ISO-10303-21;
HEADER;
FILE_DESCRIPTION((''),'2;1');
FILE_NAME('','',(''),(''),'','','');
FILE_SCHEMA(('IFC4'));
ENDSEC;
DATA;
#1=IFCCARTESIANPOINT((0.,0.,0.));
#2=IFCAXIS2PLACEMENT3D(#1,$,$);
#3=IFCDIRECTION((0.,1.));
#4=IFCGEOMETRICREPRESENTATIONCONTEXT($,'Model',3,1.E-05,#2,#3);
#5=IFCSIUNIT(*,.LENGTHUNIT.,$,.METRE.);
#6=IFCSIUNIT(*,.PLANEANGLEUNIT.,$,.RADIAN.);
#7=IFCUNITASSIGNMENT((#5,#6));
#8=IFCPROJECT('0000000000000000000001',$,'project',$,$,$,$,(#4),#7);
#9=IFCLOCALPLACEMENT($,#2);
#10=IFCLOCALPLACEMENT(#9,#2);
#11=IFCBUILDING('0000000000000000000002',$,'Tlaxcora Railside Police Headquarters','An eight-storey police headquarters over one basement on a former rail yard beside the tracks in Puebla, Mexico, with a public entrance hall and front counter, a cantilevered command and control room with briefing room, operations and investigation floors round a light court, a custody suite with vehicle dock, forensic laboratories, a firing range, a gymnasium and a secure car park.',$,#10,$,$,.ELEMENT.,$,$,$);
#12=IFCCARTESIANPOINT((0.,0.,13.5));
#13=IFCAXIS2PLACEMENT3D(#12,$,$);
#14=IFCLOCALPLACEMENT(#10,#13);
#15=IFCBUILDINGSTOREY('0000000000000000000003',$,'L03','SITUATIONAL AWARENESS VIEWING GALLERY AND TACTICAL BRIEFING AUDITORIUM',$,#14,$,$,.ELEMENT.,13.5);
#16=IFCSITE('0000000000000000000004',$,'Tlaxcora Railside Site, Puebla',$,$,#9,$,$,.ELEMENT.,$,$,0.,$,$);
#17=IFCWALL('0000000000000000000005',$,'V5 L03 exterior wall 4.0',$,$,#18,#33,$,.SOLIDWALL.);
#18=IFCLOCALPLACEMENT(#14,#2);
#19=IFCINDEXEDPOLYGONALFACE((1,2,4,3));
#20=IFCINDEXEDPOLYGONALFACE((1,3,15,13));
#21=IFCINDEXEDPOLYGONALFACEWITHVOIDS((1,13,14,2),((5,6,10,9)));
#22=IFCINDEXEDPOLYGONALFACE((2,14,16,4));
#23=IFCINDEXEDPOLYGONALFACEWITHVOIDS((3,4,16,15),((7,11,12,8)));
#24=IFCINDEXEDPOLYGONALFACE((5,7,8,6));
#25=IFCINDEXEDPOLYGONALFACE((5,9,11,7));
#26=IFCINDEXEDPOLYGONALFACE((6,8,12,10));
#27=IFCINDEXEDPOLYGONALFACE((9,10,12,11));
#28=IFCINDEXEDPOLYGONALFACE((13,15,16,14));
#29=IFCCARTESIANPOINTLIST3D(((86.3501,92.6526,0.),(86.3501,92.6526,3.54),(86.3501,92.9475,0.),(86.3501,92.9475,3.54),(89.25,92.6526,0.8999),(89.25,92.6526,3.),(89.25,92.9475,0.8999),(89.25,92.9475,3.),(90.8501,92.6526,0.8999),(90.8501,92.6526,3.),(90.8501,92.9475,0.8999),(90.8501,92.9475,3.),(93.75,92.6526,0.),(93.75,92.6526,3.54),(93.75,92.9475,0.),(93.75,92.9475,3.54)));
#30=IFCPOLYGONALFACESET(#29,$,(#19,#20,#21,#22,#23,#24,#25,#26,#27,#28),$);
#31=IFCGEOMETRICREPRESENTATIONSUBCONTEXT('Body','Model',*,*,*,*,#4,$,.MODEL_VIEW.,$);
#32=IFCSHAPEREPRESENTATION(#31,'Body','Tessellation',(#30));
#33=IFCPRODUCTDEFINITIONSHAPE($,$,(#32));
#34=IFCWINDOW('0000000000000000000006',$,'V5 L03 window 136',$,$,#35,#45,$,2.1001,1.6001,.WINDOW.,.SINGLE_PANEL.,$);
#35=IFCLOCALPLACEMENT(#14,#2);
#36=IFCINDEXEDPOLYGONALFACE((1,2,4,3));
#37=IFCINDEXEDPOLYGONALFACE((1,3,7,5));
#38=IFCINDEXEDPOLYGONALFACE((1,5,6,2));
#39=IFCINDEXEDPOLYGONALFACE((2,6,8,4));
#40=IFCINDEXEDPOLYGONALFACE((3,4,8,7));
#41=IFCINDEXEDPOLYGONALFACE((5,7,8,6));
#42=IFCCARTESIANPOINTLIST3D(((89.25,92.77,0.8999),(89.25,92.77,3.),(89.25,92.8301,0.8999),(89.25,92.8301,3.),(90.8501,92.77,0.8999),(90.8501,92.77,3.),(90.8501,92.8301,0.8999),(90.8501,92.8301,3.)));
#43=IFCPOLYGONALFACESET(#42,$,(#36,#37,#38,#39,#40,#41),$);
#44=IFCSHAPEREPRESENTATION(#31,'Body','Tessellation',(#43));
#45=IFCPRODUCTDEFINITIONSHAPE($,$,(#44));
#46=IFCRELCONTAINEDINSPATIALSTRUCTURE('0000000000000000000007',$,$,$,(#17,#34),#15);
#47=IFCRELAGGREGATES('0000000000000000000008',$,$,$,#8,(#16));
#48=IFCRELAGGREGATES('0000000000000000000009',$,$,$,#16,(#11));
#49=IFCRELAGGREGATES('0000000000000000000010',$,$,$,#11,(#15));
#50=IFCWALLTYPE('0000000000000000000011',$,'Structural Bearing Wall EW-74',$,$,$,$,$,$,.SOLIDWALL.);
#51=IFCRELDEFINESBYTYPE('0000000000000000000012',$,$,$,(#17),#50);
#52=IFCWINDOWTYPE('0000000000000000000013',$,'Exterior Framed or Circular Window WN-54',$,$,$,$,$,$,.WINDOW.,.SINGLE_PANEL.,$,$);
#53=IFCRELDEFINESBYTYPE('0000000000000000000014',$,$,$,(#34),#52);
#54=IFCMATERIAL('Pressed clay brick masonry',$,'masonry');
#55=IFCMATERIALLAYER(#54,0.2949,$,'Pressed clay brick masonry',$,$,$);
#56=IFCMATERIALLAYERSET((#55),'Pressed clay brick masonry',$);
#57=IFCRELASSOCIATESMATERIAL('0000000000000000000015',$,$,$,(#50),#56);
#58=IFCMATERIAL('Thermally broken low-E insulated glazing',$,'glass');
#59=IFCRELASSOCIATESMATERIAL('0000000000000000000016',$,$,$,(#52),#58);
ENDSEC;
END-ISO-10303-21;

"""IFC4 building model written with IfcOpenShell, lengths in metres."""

from ifc_helpers import new_model, si_unit, direction, frame, frame_2d, origin, place, context, subcontext, project, spatial, rectangle, extrude, material, layer, layer_set, type_object, element, fill, save


model = new_model("IFC4")

# Units and contexts
model_context = context("Model", 3, precision=1e-05, world=origin(), true_north=direction((0.0, 1.0)))
body_context = subcontext(model_context, "Body", "Model", "MODEL_VIEW")
ifc_project = project(units=[si_unit("LENGTHUNIT", "METRE"), si_unit("PLANEANGLEUNIT", "RADIAN")], contexts=[model_context])

# Site, building, storey
site_placement = place(None, origin())
site = spatial("IfcSite", under=ifc_project, at=site_placement, Name="Tlaxcora Railside Site, Puebla", CompositionType="ELEMENT", RefElevation=0.0)
building_placement = place(site_placement, origin())
building = spatial("IfcBuilding", under=site, at=building_placement, Name="Tlaxcora Railside Police Headquarters", Description="An eight-storey police headquarters over one basement on a former rail yard beside the tracks in Puebla, Mexico, with a public entrance hall and front counter, a cantilevered command and control room with briefing room, operations and investigation floors round a light court, a custody suite with vehicle dock, forensic laboratories, a firing range, a gymnasium and a secure car park.", CompositionType="ELEMENT")
storey_placement = place(building_placement, frame((0.0, 0.0, 13.5)))
storey = spatial("IfcBuildingStorey", under=building, at=storey_placement, Name="L03", Description="SITUATIONAL AWARENESS VIEWING GALLERY AND TACTICAL BRIEFING AUDITORIUM", CompositionType="ELEMENT", Elevation=13.5)

# Shared definitions
ifc_material_1 = material(Name="Thermally broken low-E insulated glazing", Category="glass")

# Shared definitions
ifc_material_2 = material(Name="Pressed clay brick masonry", Category="masonry")
ifc_layer_1 = layer(ifc_material_2, 0.2949, Name="Pressed clay brick masonry")
ifc_layer_set_1 = layer_set([ifc_layer_1], Name="Pressed clay brick masonry")
wall_type_1 = type_object("IfcWallType", Name="Structural Bearing Wall EW-74", PredefinedType="SOLIDWALL", material=ifc_layer_set_1)

# Wall, opening, window
wall_1_placement = place(storey_placement, frame((93.75, 92.8, 0.0), z_axis=(0.0, 0.0, 1.0), x_axis=(-1.0, 0.0, 0.0)))
wall_1 = element("IfcWall", 1, at=wall_1_placement, inside=storey, type_object=wall_type_1, Name="V5 L03 exterior wall 4.0", PredefinedType="SOLIDWALL", context=body_context, shape_type="SweptSolid", body=[
    extrude(rectangle(XDim=7.3999, YDim=0.2949, at=frame_2d((3.7, 0.0))), origin(), (0.0, 0.0, 1.0), 3.54),
])
opening_1_placement = place(wall_1_placement, frame((2.8999, 0.0, 0.8999)))
opening_1 = element("IfcOpeningElement", 2, at=opening_1_placement, cuts=wall_1, PredefinedType="OPENING", context=body_context, shape_type="SweptSolid", body=[
    extrude(rectangle(XDim=1.6001, YDim=2.1001, at=frame_2d((0.8, 1.05))), frame((0.0, 0.1575, 0.0), z_axis=(0.0, -1.0, 0.0), x_axis=(1.0, 0.0, 0.0)), (0.0, 0.0, 1.0), 0.3149),
])
window_type_1 = type_object("IfcWindowType", Name="Exterior Framed or Circular Window WN-54", PartitioningType="SINGLE_PANEL", PredefinedType="WINDOW", material=ifc_material_1)
window_1_placement = place(opening_1_placement, origin())
window_1 = element("IfcWindow", 3, at=window_1_placement, inside=storey, type_object=window_type_1, Name="V5 L03 window 136", OverallHeight=2.1001, OverallWidth=1.6001, PartitioningType="SINGLE_PANEL", PredefinedType="WINDOW", context=body_context, shape_type="SweptSolid", body=[
    extrude(rectangle(XDim=1.6001, YDim=2.1001, at=frame_2d((0.8, 1.05))), frame((0.0, 0.03, 0.0), z_axis=(0.0, -1.0, 0.0), x_axis=(1.0, 0.0, 0.0)), (0.0, 0.0, 1.0), 0.0601),
])
fill(opening_1, window_1)

save(model, "model.ifc")
